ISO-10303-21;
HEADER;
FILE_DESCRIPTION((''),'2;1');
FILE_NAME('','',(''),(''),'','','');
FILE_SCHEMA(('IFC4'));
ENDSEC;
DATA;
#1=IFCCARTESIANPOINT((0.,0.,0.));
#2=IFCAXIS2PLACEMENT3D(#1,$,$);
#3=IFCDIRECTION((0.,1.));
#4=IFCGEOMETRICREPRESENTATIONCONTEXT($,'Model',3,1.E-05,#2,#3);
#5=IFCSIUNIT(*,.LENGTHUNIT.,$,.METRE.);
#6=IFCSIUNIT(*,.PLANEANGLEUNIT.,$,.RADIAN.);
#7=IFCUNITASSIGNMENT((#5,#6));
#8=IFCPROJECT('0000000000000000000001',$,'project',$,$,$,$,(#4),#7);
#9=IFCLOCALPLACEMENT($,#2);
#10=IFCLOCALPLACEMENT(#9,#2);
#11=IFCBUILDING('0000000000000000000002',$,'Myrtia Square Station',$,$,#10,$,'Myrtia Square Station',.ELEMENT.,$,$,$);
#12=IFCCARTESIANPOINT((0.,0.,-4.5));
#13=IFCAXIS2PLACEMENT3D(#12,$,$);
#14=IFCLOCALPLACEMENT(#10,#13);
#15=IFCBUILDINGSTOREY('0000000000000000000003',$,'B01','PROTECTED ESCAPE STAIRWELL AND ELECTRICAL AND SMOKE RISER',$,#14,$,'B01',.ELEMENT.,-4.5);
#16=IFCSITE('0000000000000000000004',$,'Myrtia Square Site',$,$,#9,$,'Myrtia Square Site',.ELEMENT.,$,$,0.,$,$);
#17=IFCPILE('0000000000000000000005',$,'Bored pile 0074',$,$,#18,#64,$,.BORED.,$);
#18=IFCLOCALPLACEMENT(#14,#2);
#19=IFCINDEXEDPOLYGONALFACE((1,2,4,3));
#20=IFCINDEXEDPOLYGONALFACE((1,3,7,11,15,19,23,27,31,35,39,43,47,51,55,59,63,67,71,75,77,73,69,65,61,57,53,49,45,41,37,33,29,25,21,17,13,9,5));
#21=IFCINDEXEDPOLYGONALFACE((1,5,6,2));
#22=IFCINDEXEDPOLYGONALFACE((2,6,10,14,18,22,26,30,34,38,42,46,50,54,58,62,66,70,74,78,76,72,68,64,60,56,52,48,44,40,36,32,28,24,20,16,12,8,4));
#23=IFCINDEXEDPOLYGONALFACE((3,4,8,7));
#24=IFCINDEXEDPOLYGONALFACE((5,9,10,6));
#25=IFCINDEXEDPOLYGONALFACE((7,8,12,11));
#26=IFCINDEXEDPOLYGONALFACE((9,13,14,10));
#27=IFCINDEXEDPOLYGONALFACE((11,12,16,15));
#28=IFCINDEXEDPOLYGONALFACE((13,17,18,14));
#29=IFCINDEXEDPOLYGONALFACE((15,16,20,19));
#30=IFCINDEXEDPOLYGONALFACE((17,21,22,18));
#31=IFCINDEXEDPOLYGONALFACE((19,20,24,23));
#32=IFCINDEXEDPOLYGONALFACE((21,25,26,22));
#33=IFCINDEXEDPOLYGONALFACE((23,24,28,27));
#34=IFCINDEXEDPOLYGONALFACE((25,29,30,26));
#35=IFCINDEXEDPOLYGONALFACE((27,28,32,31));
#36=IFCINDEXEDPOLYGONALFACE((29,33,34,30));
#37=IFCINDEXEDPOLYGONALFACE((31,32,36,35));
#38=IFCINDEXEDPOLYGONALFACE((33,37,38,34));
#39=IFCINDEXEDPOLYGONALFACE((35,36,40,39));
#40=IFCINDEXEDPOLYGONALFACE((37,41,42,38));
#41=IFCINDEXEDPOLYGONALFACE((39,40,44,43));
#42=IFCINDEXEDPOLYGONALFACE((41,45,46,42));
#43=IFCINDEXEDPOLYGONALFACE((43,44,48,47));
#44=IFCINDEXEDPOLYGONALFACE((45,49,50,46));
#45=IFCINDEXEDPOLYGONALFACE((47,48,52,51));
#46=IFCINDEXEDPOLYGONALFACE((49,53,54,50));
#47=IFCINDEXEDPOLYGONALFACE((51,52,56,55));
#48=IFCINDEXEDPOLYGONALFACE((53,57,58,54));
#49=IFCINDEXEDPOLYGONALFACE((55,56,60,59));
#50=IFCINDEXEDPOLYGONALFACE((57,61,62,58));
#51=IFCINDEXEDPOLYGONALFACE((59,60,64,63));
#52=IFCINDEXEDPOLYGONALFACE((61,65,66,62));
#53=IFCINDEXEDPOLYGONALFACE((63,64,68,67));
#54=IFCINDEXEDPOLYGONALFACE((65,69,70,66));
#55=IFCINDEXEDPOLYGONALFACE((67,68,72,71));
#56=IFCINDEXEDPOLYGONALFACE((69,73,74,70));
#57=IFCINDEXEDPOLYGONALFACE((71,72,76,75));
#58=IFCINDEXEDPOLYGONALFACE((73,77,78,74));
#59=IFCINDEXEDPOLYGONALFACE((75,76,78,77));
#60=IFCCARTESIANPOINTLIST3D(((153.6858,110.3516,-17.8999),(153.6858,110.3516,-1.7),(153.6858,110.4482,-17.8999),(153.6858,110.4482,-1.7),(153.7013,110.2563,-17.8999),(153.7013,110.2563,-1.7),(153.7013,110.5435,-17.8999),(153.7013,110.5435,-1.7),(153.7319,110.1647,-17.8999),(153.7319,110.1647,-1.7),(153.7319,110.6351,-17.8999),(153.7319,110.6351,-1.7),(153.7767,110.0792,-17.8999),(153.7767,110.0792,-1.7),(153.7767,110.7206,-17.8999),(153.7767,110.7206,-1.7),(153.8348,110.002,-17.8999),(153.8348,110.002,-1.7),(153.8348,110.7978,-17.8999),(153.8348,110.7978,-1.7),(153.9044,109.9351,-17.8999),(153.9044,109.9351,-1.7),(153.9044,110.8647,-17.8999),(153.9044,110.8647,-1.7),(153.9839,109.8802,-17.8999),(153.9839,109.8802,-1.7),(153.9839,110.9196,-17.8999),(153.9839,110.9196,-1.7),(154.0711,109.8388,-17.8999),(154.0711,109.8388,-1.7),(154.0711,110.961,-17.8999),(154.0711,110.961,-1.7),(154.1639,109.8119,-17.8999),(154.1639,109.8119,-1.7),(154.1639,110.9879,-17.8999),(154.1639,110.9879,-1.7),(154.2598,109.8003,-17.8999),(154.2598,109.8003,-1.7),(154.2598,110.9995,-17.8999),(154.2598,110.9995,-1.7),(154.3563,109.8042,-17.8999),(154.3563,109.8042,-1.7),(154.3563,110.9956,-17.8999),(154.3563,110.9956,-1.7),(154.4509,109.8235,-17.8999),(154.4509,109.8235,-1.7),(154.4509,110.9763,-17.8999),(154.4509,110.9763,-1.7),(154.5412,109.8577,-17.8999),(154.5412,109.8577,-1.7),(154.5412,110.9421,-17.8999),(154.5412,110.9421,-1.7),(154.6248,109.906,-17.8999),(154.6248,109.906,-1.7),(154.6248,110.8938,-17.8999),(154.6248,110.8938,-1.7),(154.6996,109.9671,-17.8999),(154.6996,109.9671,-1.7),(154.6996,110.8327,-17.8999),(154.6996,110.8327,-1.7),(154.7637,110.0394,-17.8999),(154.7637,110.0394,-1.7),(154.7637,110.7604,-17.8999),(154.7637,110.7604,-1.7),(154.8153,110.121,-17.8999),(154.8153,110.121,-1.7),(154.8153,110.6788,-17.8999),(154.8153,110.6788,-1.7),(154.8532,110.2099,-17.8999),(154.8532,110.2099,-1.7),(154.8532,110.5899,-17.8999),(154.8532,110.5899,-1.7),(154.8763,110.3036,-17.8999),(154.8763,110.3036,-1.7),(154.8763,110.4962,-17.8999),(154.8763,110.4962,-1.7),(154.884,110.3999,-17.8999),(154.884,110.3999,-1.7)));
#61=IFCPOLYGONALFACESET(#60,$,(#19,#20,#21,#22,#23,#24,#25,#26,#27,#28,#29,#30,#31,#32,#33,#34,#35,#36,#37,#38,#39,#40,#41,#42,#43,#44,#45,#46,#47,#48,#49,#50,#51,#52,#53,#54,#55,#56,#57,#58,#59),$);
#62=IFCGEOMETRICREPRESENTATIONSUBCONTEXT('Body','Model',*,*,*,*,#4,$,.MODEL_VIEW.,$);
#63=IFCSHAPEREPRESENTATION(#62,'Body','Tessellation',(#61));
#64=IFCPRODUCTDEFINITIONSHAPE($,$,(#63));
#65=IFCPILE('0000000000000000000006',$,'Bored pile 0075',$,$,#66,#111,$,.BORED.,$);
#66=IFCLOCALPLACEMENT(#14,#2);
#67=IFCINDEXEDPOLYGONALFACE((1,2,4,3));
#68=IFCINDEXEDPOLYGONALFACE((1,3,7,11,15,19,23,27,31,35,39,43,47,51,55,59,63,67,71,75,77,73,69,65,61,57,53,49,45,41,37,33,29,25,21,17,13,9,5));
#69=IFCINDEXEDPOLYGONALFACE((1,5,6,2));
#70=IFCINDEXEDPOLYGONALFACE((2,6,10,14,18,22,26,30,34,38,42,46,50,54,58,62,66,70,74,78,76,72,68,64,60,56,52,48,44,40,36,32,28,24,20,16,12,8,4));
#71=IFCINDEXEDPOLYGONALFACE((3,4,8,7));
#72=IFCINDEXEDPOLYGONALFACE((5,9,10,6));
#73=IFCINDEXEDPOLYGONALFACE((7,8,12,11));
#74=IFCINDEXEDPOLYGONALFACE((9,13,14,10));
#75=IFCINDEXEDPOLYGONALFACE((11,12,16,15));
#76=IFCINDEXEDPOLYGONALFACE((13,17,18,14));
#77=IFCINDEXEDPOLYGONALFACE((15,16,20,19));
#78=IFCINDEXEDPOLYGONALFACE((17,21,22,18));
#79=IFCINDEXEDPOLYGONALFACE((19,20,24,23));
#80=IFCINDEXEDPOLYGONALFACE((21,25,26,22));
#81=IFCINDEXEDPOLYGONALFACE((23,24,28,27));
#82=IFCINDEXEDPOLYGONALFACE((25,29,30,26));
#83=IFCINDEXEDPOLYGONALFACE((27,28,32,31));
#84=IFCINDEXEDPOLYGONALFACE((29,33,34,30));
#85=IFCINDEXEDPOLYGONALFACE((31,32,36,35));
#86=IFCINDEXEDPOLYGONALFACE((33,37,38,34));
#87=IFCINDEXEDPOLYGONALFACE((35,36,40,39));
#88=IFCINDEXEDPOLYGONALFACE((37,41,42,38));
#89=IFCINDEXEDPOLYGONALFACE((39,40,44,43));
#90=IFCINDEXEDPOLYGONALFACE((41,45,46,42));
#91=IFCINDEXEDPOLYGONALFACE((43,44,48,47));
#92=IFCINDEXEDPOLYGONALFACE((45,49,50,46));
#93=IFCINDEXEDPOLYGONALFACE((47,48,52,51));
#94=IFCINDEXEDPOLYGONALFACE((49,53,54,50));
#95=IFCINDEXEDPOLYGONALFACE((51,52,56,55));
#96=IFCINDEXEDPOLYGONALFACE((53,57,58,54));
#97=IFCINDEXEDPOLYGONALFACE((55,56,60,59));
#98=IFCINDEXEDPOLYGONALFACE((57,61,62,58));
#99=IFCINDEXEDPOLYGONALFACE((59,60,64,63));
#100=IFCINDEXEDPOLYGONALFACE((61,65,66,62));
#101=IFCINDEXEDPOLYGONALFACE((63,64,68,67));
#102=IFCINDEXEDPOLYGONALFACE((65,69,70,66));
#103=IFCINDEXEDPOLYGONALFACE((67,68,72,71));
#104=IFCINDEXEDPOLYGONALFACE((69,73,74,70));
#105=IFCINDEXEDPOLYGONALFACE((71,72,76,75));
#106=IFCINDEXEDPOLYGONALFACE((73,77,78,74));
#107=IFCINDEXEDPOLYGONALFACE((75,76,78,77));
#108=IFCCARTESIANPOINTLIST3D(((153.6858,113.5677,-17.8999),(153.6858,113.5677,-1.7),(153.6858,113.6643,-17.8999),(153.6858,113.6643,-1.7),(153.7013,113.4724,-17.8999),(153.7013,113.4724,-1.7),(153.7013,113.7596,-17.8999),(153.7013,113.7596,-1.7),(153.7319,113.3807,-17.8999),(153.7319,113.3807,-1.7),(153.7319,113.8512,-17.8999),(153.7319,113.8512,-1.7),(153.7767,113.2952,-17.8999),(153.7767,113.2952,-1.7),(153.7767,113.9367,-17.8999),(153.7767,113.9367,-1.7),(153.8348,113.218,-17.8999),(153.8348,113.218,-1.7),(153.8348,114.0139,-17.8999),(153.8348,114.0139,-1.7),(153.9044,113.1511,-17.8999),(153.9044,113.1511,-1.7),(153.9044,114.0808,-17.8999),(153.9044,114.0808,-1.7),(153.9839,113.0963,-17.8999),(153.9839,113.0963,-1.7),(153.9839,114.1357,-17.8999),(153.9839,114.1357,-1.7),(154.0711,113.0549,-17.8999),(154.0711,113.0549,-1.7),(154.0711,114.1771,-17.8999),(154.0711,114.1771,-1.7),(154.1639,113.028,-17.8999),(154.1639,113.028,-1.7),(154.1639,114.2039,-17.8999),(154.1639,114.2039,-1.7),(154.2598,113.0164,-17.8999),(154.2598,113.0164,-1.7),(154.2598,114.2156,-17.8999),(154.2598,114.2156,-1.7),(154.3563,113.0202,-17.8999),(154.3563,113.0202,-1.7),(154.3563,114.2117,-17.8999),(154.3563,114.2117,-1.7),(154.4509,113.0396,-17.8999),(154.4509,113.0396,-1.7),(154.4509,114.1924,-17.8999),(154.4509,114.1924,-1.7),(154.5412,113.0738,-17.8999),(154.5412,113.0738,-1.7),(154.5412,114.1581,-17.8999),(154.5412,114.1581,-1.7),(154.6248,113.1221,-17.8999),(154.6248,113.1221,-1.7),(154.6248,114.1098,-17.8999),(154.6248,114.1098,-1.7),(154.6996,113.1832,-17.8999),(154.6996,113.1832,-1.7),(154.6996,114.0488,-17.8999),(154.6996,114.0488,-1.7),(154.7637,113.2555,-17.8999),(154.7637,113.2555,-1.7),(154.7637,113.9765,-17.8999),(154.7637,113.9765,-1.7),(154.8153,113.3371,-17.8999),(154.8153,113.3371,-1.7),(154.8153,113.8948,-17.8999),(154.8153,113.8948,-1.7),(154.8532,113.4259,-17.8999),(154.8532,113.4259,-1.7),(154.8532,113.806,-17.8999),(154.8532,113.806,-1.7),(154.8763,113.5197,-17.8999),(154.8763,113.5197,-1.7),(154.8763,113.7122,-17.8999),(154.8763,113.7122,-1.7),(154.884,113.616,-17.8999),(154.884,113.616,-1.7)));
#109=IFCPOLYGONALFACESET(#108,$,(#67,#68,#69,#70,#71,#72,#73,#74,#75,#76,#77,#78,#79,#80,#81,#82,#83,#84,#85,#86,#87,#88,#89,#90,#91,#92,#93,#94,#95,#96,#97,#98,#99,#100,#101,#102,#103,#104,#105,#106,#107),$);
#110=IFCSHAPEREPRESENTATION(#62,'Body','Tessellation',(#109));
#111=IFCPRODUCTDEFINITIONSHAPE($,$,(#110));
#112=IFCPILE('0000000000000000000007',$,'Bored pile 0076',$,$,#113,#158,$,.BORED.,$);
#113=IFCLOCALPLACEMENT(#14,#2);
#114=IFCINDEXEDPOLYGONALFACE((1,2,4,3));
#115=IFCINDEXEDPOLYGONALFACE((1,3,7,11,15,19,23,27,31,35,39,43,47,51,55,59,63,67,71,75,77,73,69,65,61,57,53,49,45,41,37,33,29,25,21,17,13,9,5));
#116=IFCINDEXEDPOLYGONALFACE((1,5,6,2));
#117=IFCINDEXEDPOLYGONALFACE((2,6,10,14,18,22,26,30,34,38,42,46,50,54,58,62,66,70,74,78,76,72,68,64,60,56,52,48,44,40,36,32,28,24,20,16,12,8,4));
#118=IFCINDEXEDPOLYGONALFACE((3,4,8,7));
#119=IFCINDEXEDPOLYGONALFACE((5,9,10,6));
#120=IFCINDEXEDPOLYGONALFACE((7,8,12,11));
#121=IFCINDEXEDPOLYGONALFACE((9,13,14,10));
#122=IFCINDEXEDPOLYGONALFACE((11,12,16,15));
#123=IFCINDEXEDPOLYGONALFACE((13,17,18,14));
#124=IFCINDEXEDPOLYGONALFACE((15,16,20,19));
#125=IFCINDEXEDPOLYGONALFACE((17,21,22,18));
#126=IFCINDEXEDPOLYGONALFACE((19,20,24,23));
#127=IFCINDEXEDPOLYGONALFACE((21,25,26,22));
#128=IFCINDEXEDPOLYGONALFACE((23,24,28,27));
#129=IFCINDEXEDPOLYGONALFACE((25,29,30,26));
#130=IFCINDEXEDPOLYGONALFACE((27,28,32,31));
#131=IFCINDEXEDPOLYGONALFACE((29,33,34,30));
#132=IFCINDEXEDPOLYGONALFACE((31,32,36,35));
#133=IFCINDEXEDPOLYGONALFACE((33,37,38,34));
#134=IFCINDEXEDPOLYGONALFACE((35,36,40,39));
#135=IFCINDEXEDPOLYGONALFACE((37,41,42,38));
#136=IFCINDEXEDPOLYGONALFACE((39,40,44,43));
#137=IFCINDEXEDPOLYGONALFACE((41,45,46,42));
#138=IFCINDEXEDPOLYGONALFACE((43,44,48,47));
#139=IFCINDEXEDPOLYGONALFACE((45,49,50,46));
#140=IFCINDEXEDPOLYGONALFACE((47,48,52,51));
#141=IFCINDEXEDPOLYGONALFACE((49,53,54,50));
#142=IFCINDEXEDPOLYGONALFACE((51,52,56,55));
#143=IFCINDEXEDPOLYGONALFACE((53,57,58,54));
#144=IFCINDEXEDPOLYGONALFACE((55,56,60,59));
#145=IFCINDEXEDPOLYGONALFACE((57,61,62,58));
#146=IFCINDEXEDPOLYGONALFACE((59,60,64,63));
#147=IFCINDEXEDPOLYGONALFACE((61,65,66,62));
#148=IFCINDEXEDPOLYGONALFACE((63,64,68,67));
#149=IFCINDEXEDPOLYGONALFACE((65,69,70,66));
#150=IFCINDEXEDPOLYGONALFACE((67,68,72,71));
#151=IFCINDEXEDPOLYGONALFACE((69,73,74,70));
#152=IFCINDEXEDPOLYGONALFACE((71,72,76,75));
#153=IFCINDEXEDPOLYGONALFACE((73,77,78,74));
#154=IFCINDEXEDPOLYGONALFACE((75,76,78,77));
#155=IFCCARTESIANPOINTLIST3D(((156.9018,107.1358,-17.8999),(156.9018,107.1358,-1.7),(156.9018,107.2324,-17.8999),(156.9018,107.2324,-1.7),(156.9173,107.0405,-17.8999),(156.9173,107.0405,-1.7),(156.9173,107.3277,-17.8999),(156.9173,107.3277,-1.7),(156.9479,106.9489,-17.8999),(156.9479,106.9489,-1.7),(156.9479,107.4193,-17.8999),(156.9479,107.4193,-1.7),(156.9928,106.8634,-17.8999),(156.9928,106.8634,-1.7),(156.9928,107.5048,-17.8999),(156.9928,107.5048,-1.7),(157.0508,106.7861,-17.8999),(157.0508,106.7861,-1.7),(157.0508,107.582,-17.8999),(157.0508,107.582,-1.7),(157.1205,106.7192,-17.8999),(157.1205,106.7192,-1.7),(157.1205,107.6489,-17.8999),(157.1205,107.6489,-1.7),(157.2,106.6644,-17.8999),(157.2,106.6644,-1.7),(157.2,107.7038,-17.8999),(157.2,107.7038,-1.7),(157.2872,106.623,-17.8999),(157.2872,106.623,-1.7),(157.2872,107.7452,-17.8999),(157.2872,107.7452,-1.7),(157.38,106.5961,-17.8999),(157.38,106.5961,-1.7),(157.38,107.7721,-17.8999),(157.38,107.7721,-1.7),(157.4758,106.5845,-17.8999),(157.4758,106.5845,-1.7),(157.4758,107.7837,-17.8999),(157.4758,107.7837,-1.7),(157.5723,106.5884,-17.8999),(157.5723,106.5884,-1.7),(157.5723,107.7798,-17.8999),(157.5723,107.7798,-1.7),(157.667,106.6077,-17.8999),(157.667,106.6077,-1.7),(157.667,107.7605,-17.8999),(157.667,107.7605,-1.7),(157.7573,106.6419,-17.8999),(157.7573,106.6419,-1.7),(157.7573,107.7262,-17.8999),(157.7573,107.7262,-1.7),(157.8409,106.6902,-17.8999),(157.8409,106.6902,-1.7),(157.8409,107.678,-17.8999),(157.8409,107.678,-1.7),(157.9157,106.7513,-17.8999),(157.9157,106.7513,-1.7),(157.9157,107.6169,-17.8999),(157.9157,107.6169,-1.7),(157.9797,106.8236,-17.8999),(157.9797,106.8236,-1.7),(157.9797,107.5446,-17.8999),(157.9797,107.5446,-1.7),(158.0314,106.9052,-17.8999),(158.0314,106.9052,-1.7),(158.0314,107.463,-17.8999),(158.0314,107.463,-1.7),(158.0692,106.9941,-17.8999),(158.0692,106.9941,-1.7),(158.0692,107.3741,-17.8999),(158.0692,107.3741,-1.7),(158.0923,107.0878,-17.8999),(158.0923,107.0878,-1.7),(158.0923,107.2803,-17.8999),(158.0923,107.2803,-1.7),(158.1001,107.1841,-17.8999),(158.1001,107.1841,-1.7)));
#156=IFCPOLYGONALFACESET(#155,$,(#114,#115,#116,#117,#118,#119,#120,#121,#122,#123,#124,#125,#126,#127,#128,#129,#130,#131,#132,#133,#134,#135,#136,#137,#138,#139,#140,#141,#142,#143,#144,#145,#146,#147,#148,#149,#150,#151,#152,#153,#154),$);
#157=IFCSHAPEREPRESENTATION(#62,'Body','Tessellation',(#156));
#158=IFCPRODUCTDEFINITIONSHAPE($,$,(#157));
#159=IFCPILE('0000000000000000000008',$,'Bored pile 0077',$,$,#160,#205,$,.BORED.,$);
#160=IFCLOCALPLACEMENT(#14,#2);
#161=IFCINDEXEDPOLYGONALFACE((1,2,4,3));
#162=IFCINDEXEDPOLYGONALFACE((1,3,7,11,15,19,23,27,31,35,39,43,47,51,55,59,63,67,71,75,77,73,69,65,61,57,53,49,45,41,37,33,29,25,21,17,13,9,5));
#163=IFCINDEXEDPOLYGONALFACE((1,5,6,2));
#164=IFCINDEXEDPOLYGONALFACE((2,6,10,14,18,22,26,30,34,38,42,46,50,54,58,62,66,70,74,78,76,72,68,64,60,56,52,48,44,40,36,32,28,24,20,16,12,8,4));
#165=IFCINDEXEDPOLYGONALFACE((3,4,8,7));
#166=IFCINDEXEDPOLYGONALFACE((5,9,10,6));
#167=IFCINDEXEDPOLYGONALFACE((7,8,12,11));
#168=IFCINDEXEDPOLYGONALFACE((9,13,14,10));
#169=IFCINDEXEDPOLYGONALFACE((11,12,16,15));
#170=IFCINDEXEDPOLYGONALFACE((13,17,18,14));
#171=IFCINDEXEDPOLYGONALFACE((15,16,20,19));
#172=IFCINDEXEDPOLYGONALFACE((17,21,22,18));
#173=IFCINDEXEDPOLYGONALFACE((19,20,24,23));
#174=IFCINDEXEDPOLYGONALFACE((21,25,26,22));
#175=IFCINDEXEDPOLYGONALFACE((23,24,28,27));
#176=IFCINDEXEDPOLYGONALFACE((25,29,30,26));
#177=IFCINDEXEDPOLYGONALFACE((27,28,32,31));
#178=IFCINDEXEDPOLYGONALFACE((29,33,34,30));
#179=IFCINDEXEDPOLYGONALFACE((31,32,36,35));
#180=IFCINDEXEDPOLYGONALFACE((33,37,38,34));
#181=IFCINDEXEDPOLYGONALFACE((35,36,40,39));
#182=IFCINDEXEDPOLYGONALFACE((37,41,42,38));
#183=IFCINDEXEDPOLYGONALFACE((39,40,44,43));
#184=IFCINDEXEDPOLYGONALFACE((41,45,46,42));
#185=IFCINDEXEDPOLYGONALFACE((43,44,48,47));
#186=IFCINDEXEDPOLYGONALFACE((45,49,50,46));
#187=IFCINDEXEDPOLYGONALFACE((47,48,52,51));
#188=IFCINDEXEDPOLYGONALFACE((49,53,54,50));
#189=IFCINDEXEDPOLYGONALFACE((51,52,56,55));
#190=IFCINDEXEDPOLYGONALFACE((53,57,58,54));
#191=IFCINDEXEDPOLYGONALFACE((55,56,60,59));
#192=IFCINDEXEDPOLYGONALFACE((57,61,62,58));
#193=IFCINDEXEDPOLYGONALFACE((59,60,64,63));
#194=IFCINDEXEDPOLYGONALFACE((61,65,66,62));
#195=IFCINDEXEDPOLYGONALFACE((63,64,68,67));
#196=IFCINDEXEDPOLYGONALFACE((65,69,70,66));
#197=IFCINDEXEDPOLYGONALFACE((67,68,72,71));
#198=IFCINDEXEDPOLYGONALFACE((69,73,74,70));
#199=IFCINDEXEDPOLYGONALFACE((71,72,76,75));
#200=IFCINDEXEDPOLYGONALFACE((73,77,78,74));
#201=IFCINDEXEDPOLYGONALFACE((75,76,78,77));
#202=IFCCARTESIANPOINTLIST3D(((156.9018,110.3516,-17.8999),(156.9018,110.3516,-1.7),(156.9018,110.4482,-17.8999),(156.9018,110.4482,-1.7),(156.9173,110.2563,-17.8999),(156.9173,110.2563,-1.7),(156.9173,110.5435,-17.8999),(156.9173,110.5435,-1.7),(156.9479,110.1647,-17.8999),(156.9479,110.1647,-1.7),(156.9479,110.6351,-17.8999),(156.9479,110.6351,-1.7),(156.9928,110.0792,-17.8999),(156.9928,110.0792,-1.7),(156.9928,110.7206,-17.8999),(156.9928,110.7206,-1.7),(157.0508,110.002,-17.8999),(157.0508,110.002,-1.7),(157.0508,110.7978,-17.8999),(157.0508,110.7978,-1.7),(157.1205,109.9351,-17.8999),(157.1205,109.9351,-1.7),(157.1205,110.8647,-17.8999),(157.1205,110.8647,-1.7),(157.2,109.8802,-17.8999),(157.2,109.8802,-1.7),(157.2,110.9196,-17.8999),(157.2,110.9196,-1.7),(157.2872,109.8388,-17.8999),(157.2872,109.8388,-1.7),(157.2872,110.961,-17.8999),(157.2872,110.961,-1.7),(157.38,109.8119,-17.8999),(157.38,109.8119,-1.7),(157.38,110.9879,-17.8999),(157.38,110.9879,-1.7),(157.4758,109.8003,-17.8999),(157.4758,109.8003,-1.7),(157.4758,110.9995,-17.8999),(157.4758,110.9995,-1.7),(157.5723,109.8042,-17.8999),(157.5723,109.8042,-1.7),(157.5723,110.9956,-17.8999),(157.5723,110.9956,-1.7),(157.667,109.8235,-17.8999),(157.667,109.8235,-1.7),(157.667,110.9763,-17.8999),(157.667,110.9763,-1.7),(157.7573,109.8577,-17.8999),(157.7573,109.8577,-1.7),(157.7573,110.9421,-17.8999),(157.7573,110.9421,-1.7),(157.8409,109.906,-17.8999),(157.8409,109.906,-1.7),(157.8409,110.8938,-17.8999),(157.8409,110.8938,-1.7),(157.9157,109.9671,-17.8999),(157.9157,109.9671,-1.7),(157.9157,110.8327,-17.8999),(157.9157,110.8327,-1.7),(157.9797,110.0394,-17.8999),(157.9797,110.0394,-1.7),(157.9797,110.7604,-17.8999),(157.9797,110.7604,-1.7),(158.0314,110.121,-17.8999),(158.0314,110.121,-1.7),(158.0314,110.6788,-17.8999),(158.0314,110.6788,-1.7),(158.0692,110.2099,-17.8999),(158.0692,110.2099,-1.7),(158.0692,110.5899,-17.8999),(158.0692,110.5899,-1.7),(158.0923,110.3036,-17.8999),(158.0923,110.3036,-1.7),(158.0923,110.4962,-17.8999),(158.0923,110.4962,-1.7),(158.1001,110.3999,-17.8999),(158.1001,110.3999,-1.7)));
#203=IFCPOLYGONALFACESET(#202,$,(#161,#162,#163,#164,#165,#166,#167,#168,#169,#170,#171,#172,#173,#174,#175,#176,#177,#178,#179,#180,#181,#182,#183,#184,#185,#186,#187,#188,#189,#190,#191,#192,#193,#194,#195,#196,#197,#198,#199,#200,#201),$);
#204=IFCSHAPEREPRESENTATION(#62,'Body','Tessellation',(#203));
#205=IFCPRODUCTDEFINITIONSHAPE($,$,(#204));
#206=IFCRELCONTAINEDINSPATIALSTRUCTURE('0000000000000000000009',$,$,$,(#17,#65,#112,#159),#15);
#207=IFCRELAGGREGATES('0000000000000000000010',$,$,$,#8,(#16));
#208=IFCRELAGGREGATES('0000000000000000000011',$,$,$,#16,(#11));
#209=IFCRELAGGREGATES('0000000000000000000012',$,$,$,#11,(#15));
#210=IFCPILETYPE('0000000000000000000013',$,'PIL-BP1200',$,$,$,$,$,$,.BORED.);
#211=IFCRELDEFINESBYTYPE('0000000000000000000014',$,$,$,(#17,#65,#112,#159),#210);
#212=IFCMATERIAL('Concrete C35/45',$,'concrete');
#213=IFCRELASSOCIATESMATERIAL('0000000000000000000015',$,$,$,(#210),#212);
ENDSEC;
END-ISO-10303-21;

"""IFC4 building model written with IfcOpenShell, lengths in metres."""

from ifc_helpers import new_model, si_unit, direction, frame, origin, origin_2d, place, context, subcontext, project, spatial, circle, extrude, material, material_profile, profile_set, type_object, element, save


model = new_model("IFC4")

# Units and contexts
model_context = context("Model", 3, precision=1e-05, world=origin(), true_north=direction((0.0, 1.0)))
body_context = subcontext(model_context, "Body", "Model", "MODEL_VIEW")
ifc_project = project(units=[si_unit("LENGTHUNIT", "METRE"), si_unit("PLANEANGLEUNIT", "RADIAN")], contexts=[model_context])

# Site, building, storey
site_placement = place(None, origin())
site = spatial("IfcSite", under=ifc_project, at=site_placement, Name="Myrtia Square Site", LongName="Myrtia Square Site", CompositionType="ELEMENT", RefElevation=0.0)
building_placement = place(site_placement, origin())
building = spatial("IfcBuilding", under=site, at=building_placement, Name="Myrtia Square Station", LongName="Myrtia Square Station", CompositionType="ELEMENT")
storey_placement = place(building_placement, frame((0.0, 0.0, -4.5)))
storey = spatial("IfcBuildingStorey", under=building, at=storey_placement, Name="B01", Description="PROTECTED ESCAPE STAIRWELL AND ELECTRICAL AND SMOKE RISER", LongName="B01", CompositionType="ELEMENT", Elevation=-4.5)

# Shared definitions
ifc_material_1 = material(Name="Concrete C35/45", Category="concrete")

# Piles
ifc_material_profile_1 = material_profile(ifc_material_1, circle(Radius=0.6001, at=origin_2d()), Name="BP D1200")
ifc_profile_set_1 = profile_set([ifc_material_profile_1], Name="Concrete C35/45")
pile_type_1 = type_object("IfcPileType", Name="PIL-BP1200", PredefinedType="BORED", material=ifc_profile_set_1)
for number, where, z_axis, x_axis, name in (
    (1, (154.2839, 110.3999, -1.7), (0.0, 0.0, -1.0), (1.0, 0.0, 0.0), "Bored pile 0074"),
    (2, (154.2839, 113.616, -1.7), (0.0, 0.0, -1.0), (1.0, 0.0, 0.0), "Bored pile 0075"),
    (3, (157.5, 107.1841, -1.7), (0.0, 0.0, -1.0), (1.0, 0.0, 0.0), "Bored pile 0076"),
    (4, (157.5, 110.3999, -1.7), (0.0, 0.0, -1.0), (1.0, 0.0, 0.0), "Bored pile 0077"),
):
    element("IfcPile", number, at=place(storey_placement, frame(where, z_axis=z_axis, x_axis=x_axis)), inside=storey, type_object=pile_type_1, Name=name, PredefinedType="BORED", context=body_context, shape_type="SweptSolid", body=[
        extrude(circle(Radius=0.6001, at=origin_2d()), origin(), (0.0, 0.0, 1.0), 16.2),
    ])

save(model, "model.ifc")
